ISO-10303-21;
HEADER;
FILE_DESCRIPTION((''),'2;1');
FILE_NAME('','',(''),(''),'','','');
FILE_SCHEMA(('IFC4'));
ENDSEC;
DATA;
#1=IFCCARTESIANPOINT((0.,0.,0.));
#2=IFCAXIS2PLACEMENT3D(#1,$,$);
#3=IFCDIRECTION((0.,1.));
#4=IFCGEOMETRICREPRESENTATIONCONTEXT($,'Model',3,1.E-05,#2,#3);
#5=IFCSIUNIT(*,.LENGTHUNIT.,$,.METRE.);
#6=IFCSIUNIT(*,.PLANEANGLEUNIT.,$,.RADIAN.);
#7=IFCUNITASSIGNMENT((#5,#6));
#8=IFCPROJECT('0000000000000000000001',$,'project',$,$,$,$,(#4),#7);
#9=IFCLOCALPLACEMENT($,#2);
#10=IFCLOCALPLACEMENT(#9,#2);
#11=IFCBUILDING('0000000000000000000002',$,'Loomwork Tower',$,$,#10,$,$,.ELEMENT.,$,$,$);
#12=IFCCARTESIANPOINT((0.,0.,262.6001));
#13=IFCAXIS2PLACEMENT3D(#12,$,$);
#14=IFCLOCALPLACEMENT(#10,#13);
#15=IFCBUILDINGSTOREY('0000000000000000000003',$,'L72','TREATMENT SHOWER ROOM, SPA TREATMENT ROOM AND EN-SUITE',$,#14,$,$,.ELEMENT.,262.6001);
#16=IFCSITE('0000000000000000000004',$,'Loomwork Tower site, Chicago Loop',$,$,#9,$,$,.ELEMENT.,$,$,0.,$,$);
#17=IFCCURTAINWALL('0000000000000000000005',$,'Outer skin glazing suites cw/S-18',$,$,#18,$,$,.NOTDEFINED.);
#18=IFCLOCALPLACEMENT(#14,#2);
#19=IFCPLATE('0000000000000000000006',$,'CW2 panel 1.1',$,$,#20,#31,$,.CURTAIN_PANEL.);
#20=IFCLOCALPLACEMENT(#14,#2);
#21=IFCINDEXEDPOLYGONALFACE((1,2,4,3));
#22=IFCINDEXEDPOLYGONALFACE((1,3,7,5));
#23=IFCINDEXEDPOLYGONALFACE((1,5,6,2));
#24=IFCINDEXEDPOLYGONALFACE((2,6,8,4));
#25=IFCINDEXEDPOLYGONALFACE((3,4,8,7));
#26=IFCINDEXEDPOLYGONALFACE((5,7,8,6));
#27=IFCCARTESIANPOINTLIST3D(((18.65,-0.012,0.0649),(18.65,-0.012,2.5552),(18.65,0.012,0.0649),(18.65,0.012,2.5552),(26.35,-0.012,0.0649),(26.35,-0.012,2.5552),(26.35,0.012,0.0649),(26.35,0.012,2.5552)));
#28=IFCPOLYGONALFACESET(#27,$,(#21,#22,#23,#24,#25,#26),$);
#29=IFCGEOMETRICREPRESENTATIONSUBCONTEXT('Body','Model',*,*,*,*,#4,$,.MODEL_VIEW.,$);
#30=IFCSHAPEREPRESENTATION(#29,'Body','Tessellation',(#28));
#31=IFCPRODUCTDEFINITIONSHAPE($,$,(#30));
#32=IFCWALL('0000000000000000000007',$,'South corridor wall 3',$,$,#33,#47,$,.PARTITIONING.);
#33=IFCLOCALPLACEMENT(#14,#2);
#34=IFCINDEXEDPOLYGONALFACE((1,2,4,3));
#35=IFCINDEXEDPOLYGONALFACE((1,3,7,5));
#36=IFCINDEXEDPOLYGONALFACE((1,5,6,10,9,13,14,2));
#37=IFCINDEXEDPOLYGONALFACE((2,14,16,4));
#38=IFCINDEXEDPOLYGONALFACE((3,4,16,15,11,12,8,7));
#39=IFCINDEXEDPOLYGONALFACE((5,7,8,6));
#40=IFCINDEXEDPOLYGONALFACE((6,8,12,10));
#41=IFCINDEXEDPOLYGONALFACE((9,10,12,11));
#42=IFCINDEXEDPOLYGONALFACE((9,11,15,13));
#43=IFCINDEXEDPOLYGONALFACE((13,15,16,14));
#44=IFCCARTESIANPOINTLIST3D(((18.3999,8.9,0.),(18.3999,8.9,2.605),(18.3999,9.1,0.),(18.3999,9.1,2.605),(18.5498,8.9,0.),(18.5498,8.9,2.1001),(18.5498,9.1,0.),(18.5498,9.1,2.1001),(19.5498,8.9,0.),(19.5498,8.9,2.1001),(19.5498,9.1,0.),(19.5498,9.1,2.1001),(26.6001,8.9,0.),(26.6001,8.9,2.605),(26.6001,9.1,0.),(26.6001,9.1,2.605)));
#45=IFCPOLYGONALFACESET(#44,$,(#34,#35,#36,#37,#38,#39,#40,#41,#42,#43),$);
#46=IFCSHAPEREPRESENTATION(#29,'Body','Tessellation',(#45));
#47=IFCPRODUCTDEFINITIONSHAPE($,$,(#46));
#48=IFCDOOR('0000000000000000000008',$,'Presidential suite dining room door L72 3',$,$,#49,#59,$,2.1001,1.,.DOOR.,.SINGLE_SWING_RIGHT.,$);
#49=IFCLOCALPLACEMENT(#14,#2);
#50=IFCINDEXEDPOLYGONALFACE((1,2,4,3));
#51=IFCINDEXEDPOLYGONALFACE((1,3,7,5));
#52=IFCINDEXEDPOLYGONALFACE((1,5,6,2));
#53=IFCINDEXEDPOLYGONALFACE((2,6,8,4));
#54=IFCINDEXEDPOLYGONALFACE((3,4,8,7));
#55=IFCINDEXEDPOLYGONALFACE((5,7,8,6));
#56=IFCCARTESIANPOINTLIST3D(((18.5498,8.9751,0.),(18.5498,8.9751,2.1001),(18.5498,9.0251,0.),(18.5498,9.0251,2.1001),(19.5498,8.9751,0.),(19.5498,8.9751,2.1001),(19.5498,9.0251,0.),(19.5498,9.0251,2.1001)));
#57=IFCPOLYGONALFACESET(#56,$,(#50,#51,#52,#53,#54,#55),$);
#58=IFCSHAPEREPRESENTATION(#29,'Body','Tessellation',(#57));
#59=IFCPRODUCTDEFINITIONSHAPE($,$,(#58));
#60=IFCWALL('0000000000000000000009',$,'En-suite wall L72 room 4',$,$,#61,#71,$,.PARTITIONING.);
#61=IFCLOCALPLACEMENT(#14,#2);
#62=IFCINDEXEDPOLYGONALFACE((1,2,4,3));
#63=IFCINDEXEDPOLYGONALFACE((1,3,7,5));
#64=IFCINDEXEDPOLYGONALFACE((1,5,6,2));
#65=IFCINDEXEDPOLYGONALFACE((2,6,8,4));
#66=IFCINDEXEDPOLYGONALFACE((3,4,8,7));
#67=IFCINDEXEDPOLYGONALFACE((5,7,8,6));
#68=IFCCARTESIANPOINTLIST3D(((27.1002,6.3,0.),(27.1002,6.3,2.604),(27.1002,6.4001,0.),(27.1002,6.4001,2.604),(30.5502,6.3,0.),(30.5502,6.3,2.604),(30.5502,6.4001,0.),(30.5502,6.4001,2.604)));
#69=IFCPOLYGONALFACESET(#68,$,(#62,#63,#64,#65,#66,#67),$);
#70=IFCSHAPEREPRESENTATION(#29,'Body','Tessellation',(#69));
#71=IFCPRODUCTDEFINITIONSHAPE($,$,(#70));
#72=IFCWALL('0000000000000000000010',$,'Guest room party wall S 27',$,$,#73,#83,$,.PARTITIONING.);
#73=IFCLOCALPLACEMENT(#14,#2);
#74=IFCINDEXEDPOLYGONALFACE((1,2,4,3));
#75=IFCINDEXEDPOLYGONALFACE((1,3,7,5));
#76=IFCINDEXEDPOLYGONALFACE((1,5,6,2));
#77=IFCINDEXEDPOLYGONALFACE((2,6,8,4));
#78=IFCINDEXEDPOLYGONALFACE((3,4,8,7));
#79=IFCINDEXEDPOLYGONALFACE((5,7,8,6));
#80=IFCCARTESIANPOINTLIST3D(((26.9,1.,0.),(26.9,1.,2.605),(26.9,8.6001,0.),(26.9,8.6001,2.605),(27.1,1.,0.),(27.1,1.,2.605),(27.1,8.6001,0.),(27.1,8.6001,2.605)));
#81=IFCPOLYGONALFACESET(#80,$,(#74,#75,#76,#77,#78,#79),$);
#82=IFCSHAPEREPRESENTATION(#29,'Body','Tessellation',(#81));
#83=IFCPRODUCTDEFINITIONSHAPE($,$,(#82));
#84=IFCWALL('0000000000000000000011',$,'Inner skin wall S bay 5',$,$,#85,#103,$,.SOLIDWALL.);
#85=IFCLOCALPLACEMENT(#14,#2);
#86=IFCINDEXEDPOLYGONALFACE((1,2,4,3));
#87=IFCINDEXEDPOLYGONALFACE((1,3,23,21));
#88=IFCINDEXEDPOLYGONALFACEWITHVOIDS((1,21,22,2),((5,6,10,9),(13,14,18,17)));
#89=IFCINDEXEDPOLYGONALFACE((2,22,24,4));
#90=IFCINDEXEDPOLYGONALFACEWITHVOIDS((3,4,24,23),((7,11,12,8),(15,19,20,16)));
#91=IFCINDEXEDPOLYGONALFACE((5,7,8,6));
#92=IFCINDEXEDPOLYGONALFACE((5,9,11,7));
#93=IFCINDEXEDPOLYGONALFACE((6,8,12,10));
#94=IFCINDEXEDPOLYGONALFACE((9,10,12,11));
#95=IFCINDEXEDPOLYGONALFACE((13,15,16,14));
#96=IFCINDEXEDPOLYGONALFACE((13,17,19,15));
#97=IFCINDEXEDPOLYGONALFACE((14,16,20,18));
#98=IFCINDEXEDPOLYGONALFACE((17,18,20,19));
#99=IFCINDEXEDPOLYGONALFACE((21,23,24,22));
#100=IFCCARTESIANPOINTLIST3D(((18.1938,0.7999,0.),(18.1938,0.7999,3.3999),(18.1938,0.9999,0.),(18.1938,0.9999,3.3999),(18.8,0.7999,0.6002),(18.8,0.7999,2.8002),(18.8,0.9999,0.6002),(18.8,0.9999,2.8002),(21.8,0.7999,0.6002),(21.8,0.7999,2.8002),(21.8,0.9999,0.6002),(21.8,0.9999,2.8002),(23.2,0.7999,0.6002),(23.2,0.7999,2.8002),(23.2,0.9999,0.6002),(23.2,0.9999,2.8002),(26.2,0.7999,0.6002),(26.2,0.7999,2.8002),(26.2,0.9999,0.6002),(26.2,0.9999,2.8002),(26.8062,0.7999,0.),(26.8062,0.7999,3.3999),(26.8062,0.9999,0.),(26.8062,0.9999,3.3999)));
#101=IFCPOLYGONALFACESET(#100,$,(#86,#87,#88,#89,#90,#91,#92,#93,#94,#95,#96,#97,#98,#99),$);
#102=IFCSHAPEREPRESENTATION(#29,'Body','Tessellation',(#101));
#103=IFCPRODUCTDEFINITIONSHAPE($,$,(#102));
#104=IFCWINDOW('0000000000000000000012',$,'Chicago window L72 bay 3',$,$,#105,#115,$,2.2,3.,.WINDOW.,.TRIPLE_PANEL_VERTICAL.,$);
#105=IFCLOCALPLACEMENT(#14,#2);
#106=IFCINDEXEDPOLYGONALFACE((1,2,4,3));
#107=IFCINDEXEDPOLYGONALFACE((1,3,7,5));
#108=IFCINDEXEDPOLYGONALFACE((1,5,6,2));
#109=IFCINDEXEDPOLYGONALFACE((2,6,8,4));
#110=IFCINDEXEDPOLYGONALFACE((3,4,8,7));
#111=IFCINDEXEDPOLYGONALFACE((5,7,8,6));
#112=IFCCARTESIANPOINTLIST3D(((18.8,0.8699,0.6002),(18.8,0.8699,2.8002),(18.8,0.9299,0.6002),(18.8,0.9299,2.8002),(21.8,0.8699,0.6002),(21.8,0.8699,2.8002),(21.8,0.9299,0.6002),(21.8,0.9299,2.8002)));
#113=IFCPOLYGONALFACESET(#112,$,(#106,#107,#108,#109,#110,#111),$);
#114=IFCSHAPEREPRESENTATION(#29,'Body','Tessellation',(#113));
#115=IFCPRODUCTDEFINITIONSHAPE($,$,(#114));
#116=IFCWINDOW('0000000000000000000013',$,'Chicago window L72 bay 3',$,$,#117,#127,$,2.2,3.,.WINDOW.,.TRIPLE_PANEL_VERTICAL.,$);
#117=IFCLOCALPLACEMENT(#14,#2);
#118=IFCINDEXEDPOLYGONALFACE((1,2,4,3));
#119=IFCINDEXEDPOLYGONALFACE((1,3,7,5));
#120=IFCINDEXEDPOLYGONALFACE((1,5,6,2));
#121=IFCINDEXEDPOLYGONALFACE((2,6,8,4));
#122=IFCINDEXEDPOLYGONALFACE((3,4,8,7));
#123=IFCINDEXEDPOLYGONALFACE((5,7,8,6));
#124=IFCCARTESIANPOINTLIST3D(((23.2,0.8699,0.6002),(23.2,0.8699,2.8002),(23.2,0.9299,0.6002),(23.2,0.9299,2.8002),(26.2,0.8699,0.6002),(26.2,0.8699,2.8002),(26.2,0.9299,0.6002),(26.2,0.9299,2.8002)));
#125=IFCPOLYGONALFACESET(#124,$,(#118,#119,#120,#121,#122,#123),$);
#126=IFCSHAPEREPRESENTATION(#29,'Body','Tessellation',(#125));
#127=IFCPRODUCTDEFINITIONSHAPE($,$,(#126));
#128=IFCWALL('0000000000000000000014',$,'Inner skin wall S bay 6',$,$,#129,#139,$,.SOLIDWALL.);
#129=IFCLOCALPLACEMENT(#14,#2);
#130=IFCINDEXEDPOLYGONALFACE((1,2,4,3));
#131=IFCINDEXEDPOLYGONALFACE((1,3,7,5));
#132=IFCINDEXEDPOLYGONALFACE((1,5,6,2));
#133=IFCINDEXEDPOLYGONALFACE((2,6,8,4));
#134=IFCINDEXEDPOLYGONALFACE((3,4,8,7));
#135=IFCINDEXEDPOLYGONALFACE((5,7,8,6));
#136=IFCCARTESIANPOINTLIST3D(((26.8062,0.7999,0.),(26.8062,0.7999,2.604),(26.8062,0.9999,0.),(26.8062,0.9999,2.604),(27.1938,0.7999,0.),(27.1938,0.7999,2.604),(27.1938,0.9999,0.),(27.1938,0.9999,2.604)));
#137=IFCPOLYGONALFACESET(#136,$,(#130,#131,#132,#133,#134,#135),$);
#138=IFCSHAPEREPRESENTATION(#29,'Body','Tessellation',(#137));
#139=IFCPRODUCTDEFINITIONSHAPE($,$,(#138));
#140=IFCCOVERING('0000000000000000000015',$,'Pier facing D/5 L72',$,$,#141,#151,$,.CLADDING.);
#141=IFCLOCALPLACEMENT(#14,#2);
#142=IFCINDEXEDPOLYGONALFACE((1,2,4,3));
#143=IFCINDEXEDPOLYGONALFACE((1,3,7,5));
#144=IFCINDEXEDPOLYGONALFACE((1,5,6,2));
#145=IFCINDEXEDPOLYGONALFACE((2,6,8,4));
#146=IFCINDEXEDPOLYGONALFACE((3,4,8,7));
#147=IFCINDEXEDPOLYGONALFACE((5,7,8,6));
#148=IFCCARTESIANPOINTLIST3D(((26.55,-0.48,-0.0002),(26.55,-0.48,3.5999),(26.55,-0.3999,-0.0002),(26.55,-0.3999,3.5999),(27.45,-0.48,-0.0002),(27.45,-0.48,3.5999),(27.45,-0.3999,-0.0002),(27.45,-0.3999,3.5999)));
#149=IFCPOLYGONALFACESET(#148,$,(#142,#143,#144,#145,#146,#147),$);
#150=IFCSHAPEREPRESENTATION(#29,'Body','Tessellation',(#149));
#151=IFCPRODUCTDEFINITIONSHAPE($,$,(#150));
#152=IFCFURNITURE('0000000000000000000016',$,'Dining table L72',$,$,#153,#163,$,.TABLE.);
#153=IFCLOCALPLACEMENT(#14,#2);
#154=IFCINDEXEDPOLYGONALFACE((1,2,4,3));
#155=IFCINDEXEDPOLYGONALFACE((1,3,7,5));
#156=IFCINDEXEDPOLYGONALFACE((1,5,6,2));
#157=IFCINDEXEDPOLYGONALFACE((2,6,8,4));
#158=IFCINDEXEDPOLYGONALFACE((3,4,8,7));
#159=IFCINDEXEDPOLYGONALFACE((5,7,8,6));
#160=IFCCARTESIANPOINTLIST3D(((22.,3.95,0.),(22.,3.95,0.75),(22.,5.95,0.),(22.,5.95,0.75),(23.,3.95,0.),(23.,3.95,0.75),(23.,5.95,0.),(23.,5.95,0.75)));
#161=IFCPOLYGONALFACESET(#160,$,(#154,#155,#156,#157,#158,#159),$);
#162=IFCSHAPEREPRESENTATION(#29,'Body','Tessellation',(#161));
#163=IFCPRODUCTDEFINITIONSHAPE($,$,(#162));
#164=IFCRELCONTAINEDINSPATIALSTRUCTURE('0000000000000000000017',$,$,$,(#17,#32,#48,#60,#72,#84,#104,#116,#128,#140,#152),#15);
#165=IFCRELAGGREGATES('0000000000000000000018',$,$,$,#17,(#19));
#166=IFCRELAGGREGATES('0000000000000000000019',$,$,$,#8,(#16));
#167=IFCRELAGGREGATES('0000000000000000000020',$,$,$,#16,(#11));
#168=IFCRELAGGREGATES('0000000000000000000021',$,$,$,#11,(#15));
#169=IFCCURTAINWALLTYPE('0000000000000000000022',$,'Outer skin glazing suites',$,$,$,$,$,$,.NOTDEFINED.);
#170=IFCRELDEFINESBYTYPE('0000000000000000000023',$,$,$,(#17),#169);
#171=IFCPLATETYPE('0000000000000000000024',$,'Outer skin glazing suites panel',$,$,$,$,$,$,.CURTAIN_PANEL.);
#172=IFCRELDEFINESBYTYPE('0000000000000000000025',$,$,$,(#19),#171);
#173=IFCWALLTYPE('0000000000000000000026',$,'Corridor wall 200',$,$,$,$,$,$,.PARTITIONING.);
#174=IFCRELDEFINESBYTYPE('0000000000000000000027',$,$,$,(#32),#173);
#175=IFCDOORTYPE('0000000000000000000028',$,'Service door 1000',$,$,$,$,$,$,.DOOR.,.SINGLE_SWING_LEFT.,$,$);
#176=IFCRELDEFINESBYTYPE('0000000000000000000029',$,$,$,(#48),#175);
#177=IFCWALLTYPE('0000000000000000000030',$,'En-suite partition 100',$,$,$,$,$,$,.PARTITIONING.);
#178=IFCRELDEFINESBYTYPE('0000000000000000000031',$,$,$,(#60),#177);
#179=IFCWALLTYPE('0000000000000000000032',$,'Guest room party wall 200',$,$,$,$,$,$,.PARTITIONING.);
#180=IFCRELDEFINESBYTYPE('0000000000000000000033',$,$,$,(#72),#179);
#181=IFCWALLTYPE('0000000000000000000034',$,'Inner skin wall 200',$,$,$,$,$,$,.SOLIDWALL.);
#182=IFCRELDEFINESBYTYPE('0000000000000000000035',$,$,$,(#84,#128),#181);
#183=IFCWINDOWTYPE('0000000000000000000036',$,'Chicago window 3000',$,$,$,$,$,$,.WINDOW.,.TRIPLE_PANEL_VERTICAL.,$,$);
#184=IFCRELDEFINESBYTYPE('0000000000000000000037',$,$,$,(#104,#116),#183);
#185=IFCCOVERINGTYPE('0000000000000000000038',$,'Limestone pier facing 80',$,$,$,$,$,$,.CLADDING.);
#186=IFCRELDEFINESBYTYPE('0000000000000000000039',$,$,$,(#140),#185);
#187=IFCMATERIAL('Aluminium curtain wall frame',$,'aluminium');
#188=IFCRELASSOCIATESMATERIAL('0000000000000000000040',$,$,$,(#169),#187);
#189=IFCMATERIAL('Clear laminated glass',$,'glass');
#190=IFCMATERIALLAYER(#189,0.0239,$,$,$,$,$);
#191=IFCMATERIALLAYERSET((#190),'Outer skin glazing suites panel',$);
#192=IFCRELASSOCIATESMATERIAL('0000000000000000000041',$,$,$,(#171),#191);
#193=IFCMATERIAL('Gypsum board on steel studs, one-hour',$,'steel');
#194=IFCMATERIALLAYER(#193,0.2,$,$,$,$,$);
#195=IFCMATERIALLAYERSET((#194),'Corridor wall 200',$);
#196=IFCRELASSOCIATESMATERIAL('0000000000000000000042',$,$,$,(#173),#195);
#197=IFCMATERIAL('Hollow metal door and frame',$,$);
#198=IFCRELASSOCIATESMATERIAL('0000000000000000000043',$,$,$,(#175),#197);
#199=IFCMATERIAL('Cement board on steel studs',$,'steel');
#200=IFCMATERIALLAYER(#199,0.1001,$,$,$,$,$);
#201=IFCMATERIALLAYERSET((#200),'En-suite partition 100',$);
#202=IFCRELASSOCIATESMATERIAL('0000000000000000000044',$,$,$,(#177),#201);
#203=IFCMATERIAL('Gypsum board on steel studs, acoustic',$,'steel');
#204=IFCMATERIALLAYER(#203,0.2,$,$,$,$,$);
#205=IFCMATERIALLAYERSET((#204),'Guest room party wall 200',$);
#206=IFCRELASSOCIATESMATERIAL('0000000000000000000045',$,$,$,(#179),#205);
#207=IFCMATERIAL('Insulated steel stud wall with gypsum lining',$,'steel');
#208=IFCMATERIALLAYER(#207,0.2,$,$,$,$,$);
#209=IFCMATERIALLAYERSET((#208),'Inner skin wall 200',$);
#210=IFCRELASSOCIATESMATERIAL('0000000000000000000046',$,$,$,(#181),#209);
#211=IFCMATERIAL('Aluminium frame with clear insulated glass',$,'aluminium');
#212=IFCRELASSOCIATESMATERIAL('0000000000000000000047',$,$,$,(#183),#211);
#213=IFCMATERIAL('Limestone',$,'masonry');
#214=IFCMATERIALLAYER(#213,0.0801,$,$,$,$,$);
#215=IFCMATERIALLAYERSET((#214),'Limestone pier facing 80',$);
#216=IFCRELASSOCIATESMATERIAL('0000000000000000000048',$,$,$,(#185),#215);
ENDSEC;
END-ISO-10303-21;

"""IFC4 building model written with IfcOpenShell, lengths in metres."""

from ifc_helpers import new_model, si_unit, direction, frame, frame_2d, origin, origin_2d, place, context, subcontext, project, spatial, rectangle, extrude, material, layer, layer_set, type_object, element, fill, aggregate, save


model = new_model("IFC4")

# Units and contexts
model_context = context("Model", 3, precision=1e-05, world=origin(), true_north=direction((0.0, 1.0)))
body_context = subcontext(model_context, "Body", "Model", "MODEL_VIEW")
ifc_project = project(units=[si_unit("LENGTHUNIT", "METRE"), si_unit("PLANEANGLEUNIT", "RADIAN")], contexts=[model_context])

# Site, building, storey
site_placement = place(None, origin())
site = spatial("IfcSite", under=ifc_project, at=site_placement, Name="Loomwork Tower site, Chicago Loop", CompositionType="ELEMENT", RefElevation=0.0)
building_placement = place(site_placement, origin())
building = spatial("IfcBuilding", under=site, at=building_placement, Name="Loomwork Tower", CompositionType="ELEMENT")
storey_placement = place(building_placement, frame((0.0, 0.0, 262.6001)))
storey = spatial("IfcBuildingStorey", under=building, at=storey_placement, Name="L72", Description="TREATMENT SHOWER ROOM, SPA TREATMENT ROOM AND EN-SUITE", CompositionType="ELEMENT", Elevation=262.6001)

# Curtain wall
ifc_material_1 = material(Name="Aluminium curtain wall frame", Category="aluminium")
curtain_wall_type = type_object("IfcCurtainWallType", Name="Outer skin glazing suites", PredefinedType="NOTDEFINED", material=ifc_material_1)
curtain_wall_placement = place(storey_placement, origin())
curtain_wall = element("IfcCurtainWall", 1, at=curtain_wall_placement, inside=storey, type_object=curtain_wall_type, Name="Outer skin glazing suites cw/S-18", PredefinedType="NOTDEFINED")

# Plate
ifc_material_2 = material(Name="Clear laminated glass", Category="glass")
ifc_layer_1 = layer(ifc_material_2, 0.0239)
ifc_layer_set_1 = layer_set([ifc_layer_1], Name="Outer skin glazing suites panel")
plate_type = type_object("IfcPlateType", Name="Outer skin glazing suites panel", PredefinedType="CURTAIN_PANEL", material=ifc_layer_set_1)
plate_placement = place(storey_placement, frame((22.5, 0.0, 0.0649), z_axis=(0.0, 0.0, 1.0), x_axis=(1.0, 0.0, 0.0)))
plate = element("IfcPlate", 2, at=plate_placement, type_object=plate_type, Name="CW2 panel 1.1", PredefinedType="CURTAIN_PANEL", context=body_context, shape_type="SweptSolid", body=[
    extrude(rectangle(XDim=7.7, YDim=0.0239, at=origin_2d()), origin(), (0.0, 0.0, 1.0), 2.4902),
])
aggregate(curtain_wall, [plate])

# Wall, opening, door
ifc_material_3 = material(Name="Gypsum board on steel studs, one-hour", Category="steel")
ifc_layer_2 = layer(ifc_material_3, 0.2)
ifc_layer_set_2 = layer_set([ifc_layer_2], Name="Corridor wall 200")
wall_type_1 = type_object("IfcWallType", Name="Corridor wall 200", PredefinedType="PARTITIONING", material=ifc_layer_set_2)
wall_1_placement = place(storey_placement, frame((18.3999, 9.0, 0.0), z_axis=(0.0, 0.0, 1.0), x_axis=(1.0, 0.0, 0.0)))
wall_1 = element("IfcWall", 3, at=wall_1_placement, inside=storey, type_object=wall_type_1, Name="South corridor wall 3", PredefinedType="PARTITIONING", context=body_context, shape_type="SweptSolid", body=[
    extrude(rectangle(XDim=8.2002, YDim=0.2, at=frame_2d((4.1001, 0.0))), origin(), (0.0, 0.0, 1.0), 2.605),
])
opening_1_placement = place(wall_1_placement, frame((0.1499, 0.0, 0.0)))
opening_1 = element("IfcOpeningElement", 4, at=opening_1_placement, cuts=wall_1, PredefinedType="OPENING", context=body_context, shape_type="SweptSolid", body=[
    extrude(rectangle(XDim=1.0, YDim=2.1001, at=frame_2d((0.5, 1.05))), frame((0.0, 0.1099, 0.0), z_axis=(0.0, -1.0, 0.0), x_axis=(1.0, 0.0, 0.0)), (0.0, 0.0, 1.0), 0.22),
])
ifc_material_4 = material(Name="Hollow metal door and frame")
door_type = type_object("IfcDoorType", Name="Service door 1000", OperationType="SINGLE_SWING_LEFT", PredefinedType="DOOR", material=ifc_material_4)
door_placement = place(opening_1_placement, frame((1.0, 0.0, 0.0), z_axis=(0.0, 0.0, 1.0), x_axis=(-1.0, 0.0, 0.0)))
door = element("IfcDoor", 5, at=door_placement, inside=storey, type_object=door_type, Name="Presidential suite dining room door L72 3", OperationType="SINGLE_SWING_RIGHT", OverallHeight=2.1001, OverallWidth=1.0, PredefinedType="DOOR", context=body_context, shape_type="SweptSolid", body=[
    extrude(rectangle(XDim=1.0, YDim=2.1001, at=frame_2d((0.5, 1.05))), frame((0.0, 0.0249, 0.0), z_axis=(0.0, -1.0, 0.0), x_axis=(1.0, 0.0, 0.0)), (0.0, 0.0, 1.0), 0.05),
])
fill(opening_1, door)

# Walls
ifc_material_5 = material(Name="Cement board on steel studs", Category="steel")
ifc_layer_3 = layer(ifc_material_5, 0.1001)
ifc_layer_set_3 = layer_set([ifc_layer_3], Name="En-suite partition 100")
wall_type_2 = type_object("IfcWallType", Name="En-suite partition 100", PredefinedType="PARTITIONING", material=ifc_layer_set_3)
wall_2_placement = place(storey_placement, frame((27.1001, 6.3501, 0.0), z_axis=(0.0, 0.0, 1.0), x_axis=(1.0, 0.0, 0.0)))
element("IfcWall", 6, at=wall_2_placement, inside=storey, type_object=wall_type_2, Name="En-suite wall L72 room 4", PredefinedType="PARTITIONING", context=body_context, shape_type="SweptSolid", body=[
    extrude(rectangle(XDim=3.45, YDim=0.1001, at=frame_2d((1.7251, 0.0))), origin(), (0.0, 0.0, 1.0), 2.604),
])
ifc_material_6 = material(Name="Gypsum board on steel studs, acoustic", Category="steel")
ifc_layer_4 = layer(ifc_material_6, 0.2)
ifc_layer_set_4 = layer_set([ifc_layer_4], Name="Guest room party wall 200")
wall_type_3 = type_object("IfcWallType", Name="Guest room party wall 200", PredefinedType="PARTITIONING", material=ifc_layer_set_4)
wall_3_placement = place(storey_placement, frame((27.0, 8.6001, 0.0), z_axis=(0.0, 0.0, 1.0), x_axis=(0.0, -1.0, 0.0)))
element("IfcWall", 7, at=wall_3_placement, inside=storey, type_object=wall_type_3, Name="Guest room party wall S 27", PredefinedType="PARTITIONING", context=body_context, shape_type="SweptSolid", body=[
    extrude(rectangle(XDim=7.6001, YDim=0.2, at=frame_2d((3.8, 0.0))), origin(), (0.0, 0.0, 1.0), 2.605),
])

# Wall, openings, windows
ifc_material_7 = material(Name="Insulated steel stud wall with gypsum lining", Category="steel")
ifc_layer_5 = layer(ifc_material_7, 0.2)
ifc_layer_set_5 = layer_set([ifc_layer_5], Name="Inner skin wall 200")
wall_type_4 = type_object("IfcWallType", Name="Inner skin wall 200", PredefinedType="SOLIDWALL", material=ifc_layer_set_5)
wall_4_placement = place(storey_placement, frame((18.1938, 0.8999, 0.0), z_axis=(0.0, 0.0, 1.0), x_axis=(1.0, 0.0, 0.0)))
wall_4 = element("IfcWall", 8, at=wall_4_placement, inside=storey, type_object=wall_type_4, Name="Inner skin wall S bay 5", PredefinedType="SOLIDWALL", context=body_context, shape_type="SweptSolid", body=[
    extrude(rectangle(XDim=8.6123, YDim=0.2, at=frame_2d((4.3062, 0.0))), origin(), (0.0, 0.0, 1.0), 3.3999),
])
opening_2_placement = place(wall_4_placement, frame((0.6062, 0.0, 0.6001)))
opening_2 = element("IfcOpeningElement", 9, at=opening_2_placement, cuts=wall_4, PredefinedType="OPENING", context=body_context, shape_type="SweptSolid", body=[
    extrude(rectangle(XDim=3.0, YDim=2.2, at=frame_2d((1.5, 1.1001))), frame((0.0, 0.1099, 0.0), z_axis=(0.0, -1.0, 0.0), x_axis=(1.0, 0.0, 0.0)), (0.0, 0.0, 1.0), 0.22),
])
opening_3_placement = place(wall_4_placement, frame((5.0061, 0.0, 0.6001)))
opening_3 = element("IfcOpeningElement", 10, at=opening_3_placement, cuts=wall_4, PredefinedType="OPENING", context=body_context, shape_type="SweptSolid", body=[
    extrude(rectangle(XDim=3.0, YDim=2.2, at=frame_2d((1.5, 1.1001))), frame((0.0, 0.1099, 0.0), z_axis=(0.0, -1.0, 0.0), x_axis=(1.0, 0.0, 0.0)), (0.0, 0.0, 1.0), 0.22),
])
ifc_material_8 = material(Name="Aluminium frame with clear insulated glass", Category="aluminium")
window_type = type_object("IfcWindowType", Name="Chicago window 3000", PartitioningType="TRIPLE_PANEL_VERTICAL", PredefinedType="WINDOW", material=ifc_material_8)
window_1_placement = place(opening_2_placement, origin())
window_1 = element("IfcWindow", 11, at=window_1_placement, inside=storey, type_object=window_type, Name="Chicago window L72 bay 3", OverallHeight=2.2, OverallWidth=3.0, PartitioningType="TRIPLE_PANEL_VERTICAL", PredefinedType="WINDOW", context=body_context, shape_type="SweptSolid", body=[
    extrude(rectangle(XDim=3.0, YDim=2.2, at=frame_2d((1.5, 1.1001))), frame((0.0, 0.03, 0.0), z_axis=(0.0, -1.0, 0.0), x_axis=(1.0, 0.0, 0.0)), (0.0, 0.0, 1.0), 0.0601),
])
fill(opening_2, window_1)
window_2_placement = place(opening_3_placement, origin())
window_2 = element("IfcWindow", 12, at=window_2_placement, inside=storey, type_object=window_type, Name="Chicago window L72 bay 3", OverallHeight=2.2, OverallWidth=3.0, PartitioningType="TRIPLE_PANEL_VERTICAL", PredefinedType="WINDOW", context=body_context, shape_type="SweptSolid", body=[
    extrude(rectangle(XDim=3.0, YDim=2.2, at=frame_2d((1.5, 1.1001))), frame((0.0, 0.03, 0.0), z_axis=(0.0, -1.0, 0.0), x_axis=(1.0, 0.0, 0.0)), (0.0, 0.0, 1.0), 0.0601),
])
fill(opening_3, window_2)

# Wall
wall_5_placement = place(storey_placement, frame((26.8062, 0.8999, 0.0), z_axis=(0.0, 0.0, 1.0), x_axis=(1.0, 0.0, 0.0)))
element("IfcWall", 13, at=wall_5_placement, inside=storey, type_object=wall_type_4, Name="Inner skin wall S bay 6", PredefinedType="SOLIDWALL", context=body_context, shape_type="SweptSolid", body=[
    extrude(rectangle(XDim=0.3877, YDim=0.2, at=frame_2d((0.1938, 0.0))), origin(), (0.0, 0.0, 1.0), 2.604),
])

# Covering
ifc_material_9 = material(Name="Limestone", Category="masonry")
ifc_layer_6 = layer(ifc_material_9, 0.0801)
ifc_layer_set_6 = layer_set([ifc_layer_6], Name="Limestone pier facing 80")
covering_type = type_object("IfcCoveringType", Name="Limestone pier facing 80", PredefinedType="CLADDING", material=ifc_layer_set_6)
covering_placement = place(storey_placement, frame((27.0, -0.4399, -0.0002), z_axis=(0.0, 0.0, 1.0), x_axis=(1.0, 0.0, 0.0)))
element("IfcCovering", 14, at=covering_placement, inside=storey, type_object=covering_type, Name="Pier facing D/5 L72", PredefinedType="CLADDING", context=body_context, shape_type="SweptSolid", body=[
    extrude(rectangle(XDim=0.8999, YDim=0.0801, at=origin_2d()), origin(), (0.0, 0.0, 1.0), 3.6001),
])

# Furniture
furniture_placement = place(storey_placement, frame((22.5, 4.95, 0.0), z_axis=(0.0, 0.0, 1.0), x_axis=(1.0, 0.0, 0.0)))
element("IfcFurniture", 15, at=furniture_placement, inside=storey, Name="Dining table L72", PredefinedType="TABLE", context=body_context, shape_type="SweptSolid", body=[
    extrude(rectangle(XDim=1.0, YDim=2.0, at=origin_2d()), origin(), (0.0, 0.0, 1.0), 0.75),
])

save(model, "model.ifc")
